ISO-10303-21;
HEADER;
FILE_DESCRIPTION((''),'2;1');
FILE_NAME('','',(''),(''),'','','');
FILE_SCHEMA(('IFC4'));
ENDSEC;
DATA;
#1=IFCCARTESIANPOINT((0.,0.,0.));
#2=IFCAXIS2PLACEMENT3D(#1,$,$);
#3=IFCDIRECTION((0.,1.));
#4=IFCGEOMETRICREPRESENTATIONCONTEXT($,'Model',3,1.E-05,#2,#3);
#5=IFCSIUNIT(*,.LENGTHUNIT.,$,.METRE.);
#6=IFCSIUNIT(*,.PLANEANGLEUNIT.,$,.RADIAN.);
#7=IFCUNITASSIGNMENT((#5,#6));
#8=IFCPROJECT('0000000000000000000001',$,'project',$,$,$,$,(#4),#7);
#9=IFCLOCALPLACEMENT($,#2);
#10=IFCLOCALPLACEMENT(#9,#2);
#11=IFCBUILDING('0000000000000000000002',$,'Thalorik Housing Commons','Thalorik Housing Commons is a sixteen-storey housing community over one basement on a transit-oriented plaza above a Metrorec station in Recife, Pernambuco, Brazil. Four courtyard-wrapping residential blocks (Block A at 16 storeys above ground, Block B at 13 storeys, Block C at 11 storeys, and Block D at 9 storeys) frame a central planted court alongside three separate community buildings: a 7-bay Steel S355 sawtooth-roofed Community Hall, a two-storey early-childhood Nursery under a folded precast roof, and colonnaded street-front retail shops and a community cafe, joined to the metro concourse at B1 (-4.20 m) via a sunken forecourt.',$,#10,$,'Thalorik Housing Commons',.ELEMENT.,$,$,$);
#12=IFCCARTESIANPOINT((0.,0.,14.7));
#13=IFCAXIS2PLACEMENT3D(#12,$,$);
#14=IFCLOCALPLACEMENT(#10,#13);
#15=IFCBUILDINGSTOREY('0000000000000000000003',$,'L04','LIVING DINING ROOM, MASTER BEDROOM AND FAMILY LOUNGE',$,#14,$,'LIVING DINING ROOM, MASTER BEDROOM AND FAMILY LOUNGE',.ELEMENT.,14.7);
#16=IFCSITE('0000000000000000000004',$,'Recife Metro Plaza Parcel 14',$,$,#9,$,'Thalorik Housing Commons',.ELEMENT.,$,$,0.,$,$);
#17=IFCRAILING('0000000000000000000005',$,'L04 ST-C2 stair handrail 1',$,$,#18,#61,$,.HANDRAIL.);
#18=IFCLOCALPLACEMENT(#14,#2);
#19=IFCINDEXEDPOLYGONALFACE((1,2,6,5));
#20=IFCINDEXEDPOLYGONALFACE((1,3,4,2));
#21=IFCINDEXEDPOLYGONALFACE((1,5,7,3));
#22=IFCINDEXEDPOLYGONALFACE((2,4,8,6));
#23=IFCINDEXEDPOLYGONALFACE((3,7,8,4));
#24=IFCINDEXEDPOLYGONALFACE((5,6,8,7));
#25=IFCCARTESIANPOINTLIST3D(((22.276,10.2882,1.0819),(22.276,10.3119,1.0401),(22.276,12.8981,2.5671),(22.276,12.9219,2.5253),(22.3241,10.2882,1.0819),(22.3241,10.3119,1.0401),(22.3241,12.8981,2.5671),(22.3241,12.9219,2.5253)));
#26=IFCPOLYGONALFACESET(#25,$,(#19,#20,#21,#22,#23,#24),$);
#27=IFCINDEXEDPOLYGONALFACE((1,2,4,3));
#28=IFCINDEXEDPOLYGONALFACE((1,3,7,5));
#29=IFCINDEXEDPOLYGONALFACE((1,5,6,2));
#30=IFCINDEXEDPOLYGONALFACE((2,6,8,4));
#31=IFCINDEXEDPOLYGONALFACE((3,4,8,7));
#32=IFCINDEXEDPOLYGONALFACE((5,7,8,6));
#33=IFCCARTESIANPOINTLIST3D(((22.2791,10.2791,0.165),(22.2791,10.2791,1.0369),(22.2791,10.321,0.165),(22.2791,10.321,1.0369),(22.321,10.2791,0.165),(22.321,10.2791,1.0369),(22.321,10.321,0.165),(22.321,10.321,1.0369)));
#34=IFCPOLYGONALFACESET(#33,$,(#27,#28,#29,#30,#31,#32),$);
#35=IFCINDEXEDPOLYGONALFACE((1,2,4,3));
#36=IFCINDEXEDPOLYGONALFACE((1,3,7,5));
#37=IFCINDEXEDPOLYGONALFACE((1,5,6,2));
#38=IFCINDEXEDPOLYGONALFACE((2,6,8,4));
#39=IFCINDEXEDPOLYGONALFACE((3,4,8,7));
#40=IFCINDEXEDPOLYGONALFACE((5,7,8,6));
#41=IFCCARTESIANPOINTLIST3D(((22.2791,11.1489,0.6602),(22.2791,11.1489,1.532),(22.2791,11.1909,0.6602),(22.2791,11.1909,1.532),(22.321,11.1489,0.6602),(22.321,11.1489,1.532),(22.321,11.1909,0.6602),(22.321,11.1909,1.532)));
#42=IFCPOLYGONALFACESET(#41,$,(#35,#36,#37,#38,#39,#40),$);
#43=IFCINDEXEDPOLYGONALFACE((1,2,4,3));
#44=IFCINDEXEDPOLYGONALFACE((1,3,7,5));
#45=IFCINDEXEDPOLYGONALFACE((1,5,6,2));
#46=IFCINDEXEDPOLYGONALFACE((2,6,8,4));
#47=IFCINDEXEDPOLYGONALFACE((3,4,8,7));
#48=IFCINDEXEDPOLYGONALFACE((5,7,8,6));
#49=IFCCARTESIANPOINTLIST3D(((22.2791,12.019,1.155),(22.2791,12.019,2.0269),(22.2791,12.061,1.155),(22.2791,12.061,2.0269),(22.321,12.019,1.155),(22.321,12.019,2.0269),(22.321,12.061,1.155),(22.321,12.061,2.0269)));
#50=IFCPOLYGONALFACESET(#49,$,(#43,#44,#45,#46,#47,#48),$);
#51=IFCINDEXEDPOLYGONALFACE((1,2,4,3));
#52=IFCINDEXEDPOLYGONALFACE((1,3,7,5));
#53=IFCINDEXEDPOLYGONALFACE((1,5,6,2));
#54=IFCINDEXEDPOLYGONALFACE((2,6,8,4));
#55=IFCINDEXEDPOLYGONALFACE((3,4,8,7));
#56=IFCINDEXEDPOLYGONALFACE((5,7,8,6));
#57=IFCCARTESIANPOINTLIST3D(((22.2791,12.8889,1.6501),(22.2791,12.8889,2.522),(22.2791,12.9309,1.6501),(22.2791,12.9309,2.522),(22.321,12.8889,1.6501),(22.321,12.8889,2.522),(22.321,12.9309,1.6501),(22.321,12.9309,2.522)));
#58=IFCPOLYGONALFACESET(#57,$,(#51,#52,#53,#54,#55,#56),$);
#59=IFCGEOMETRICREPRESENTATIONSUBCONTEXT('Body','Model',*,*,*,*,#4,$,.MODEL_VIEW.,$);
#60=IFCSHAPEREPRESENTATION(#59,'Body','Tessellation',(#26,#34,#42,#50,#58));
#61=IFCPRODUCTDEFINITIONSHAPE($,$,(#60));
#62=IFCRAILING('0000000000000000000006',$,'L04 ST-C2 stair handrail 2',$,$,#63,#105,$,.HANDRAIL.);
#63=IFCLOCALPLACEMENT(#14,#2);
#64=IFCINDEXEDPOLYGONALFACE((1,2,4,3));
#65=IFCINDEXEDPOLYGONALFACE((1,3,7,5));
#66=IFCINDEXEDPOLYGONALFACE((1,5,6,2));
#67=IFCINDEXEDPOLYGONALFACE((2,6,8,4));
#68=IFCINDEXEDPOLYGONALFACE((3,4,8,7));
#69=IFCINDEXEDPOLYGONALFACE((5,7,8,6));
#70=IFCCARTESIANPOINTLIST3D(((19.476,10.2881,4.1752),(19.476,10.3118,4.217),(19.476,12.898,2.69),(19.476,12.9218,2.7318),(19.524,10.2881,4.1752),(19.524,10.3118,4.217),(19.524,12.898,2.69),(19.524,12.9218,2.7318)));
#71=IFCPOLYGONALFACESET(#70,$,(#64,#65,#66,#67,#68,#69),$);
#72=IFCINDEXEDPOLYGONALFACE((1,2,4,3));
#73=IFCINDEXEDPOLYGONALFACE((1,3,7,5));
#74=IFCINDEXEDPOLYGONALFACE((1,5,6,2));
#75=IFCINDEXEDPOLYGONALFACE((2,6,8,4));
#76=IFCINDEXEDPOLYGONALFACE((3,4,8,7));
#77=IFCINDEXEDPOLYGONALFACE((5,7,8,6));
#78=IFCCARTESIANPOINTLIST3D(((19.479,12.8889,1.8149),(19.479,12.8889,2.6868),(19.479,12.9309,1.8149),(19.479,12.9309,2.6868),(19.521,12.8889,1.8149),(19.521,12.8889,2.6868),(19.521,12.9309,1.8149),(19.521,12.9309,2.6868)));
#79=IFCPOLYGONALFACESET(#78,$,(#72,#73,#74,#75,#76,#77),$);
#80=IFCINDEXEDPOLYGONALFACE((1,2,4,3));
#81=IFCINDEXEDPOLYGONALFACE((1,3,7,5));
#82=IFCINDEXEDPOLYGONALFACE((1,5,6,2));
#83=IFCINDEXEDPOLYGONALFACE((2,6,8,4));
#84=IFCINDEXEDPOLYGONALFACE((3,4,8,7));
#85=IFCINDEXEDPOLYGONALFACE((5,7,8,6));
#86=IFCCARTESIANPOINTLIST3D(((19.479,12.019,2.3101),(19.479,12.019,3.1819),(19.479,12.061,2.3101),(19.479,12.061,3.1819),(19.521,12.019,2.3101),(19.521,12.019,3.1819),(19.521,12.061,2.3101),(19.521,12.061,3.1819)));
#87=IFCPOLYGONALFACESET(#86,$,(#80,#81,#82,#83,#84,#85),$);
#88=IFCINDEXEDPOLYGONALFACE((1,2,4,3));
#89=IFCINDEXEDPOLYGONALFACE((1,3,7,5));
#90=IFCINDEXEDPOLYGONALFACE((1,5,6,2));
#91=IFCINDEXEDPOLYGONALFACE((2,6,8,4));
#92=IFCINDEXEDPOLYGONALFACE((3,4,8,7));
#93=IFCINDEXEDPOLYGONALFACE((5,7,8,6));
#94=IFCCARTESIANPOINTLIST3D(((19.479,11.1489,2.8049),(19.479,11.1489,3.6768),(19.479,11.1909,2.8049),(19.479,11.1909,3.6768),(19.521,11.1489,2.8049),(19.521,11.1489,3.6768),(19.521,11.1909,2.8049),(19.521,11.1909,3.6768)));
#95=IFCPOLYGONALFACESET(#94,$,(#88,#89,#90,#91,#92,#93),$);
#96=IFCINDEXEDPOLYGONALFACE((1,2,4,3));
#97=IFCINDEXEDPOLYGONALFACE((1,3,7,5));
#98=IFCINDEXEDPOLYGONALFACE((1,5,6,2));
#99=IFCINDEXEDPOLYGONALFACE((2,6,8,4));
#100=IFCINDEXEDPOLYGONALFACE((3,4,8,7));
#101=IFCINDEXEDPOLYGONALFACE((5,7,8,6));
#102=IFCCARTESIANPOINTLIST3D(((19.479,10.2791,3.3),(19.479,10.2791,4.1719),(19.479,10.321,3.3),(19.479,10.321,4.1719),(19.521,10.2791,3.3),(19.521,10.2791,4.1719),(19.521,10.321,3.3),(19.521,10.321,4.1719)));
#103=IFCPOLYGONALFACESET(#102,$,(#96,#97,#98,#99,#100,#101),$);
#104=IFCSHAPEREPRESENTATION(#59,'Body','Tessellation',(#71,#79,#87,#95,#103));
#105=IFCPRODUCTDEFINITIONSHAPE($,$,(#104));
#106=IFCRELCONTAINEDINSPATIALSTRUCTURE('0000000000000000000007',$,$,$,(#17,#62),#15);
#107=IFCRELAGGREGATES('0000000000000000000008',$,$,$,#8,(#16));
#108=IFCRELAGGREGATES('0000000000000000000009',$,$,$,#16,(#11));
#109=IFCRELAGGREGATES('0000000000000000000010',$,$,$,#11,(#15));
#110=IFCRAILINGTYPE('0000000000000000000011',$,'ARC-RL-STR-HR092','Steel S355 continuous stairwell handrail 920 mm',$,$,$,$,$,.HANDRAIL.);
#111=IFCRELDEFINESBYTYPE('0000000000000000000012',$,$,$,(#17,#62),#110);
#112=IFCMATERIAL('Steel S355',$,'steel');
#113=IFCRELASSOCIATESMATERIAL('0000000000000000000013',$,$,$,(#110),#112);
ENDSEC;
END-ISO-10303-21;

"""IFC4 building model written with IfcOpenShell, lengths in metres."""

from ifc_helpers import new_model, si_unit, direction, frame, origin, origin_2d, place, context, subcontext, project, spatial, rectangle, extrude, material, type_object, element, save


model = new_model("IFC4")

# Units and contexts
model_context = context("Model", 3, precision=1e-05, world=origin(), true_north=direction((0.0, 1.0)))
body_context = subcontext(model_context, "Body", "Model", "MODEL_VIEW")
ifc_project = project(units=[si_unit("LENGTHUNIT", "METRE"), si_unit("PLANEANGLEUNIT", "RADIAN")], contexts=[model_context])

# Site, building, storey
site_placement = place(None, origin())
site = spatial("IfcSite", under=ifc_project, at=site_placement, Name="Recife Metro Plaza Parcel 14", LongName="Thalorik Housing Commons", CompositionType="ELEMENT", RefElevation=0.0)
building_placement = place(site_placement, origin())
building = spatial("IfcBuilding", under=site, at=building_placement, Name="Thalorik Housing Commons", Description="Thalorik Housing Commons is a sixteen-storey housing community over one basement on a transit-oriented plaza above a Metrorec station in Recife, Pernambuco, Brazil. Four courtyard-wrapping residential blocks (Block A at 16 storeys above ground, Block B at 13 storeys, Block C at 11 storeys, and Block D at 9 storeys) frame a central planted court alongside three separate community buildings: a 7-bay Steel S355 sawtooth-roofed Community Hall, a two-storey early-childhood Nursery under a folded precast roof, and colonnaded street-front retail shops and a community cafe, joined to the metro concourse at B1 (-4.20 m) via a sunken forecourt.", LongName="Thalorik Housing Commons", CompositionType="ELEMENT")
storey_placement = place(building_placement, frame((0.0, 0.0, 14.7)))
storey = spatial("IfcBuildingStorey", under=building, at=storey_placement, Name="L04", Description="LIVING DINING ROOM, MASTER BEDROOM AND FAMILY LOUNGE", LongName="LIVING DINING ROOM, MASTER BEDROOM AND FAMILY LOUNGE", CompositionType="ELEMENT", Elevation=14.7)

# Shared definitions
ifc_material_1 = material(Name="Steel S355", Category="steel")

# Railings
railing_type_1 = type_object("IfcRailingType", Name="ARC-RL-STR-HR092", Description="Steel S355 continuous stairwell handrail 920 mm", PredefinedType="HANDRAIL", material=ifc_material_1)
railing_1_placement = place(storey_placement, frame((22.3, 10.3, 0.165)))
element("IfcRailing", 1, at=railing_1_placement, inside=storey, type_object=railing_type_1, Name="L04 ST-C2 stair handrail 1", PredefinedType="HANDRAIL", context=body_context, shape_type="SweptSolid", body=[
    extrude(rectangle(XDim=0.0481, YDim=0.0481, at=origin_2d()), frame((0.0, 0.0, 0.896), z_axis=(0.0, 0.869137, 0.494571), x_axis=(-1.0, 0.0, 0.0)), (0.0, 0.0, 1.0), 3.0029),
    extrude(rectangle(XDim=0.042, YDim=0.042, at=origin_2d()), origin(), (0.0, 0.0, 1.0), 0.8718),
    extrude(rectangle(XDim=0.042, YDim=0.042, at=origin_2d()), frame((0.0, 0.8699, 0.4951)), (0.0, 0.0, 1.0), 0.8718),
    extrude(rectangle(XDim=0.042, YDim=0.042, at=origin_2d()), frame((0.0, 1.74, 0.99)), (0.0, 0.0, 1.0), 0.8718),
    extrude(rectangle(XDim=0.042, YDim=0.042, at=origin_2d()), frame((0.0, 2.6099, 1.4851)), (0.0, 0.0, 1.0), 0.8718),
])
railing_2_placement = place(storey_placement, frame((19.5, 12.9099, 1.8149)))
element("IfcRailing", 2, at=railing_2_placement, inside=storey, type_object=railing_type_1, Name="L04 ST-C2 stair handrail 2", PredefinedType="HANDRAIL", context=body_context, shape_type="SweptSolid", body=[
    extrude(rectangle(XDim=0.0481, YDim=0.0481, at=origin_2d()), frame((0.0, 0.0, 0.896), z_axis=(0.0, -0.869137, 0.494571), x_axis=(1.0, 0.0, 0.0)), (0.0, 0.0, 1.0), 3.0029),
    extrude(rectangle(XDim=0.042, YDim=0.042, at=origin_2d()), origin(), (0.0, 0.0, 1.0), 0.8718),
    extrude(rectangle(XDim=0.042, YDim=0.042, at=origin_2d()), frame((0.0, -0.8699, 0.4951)), (0.0, 0.0, 1.0), 0.8718),
    extrude(rectangle(XDim=0.042, YDim=0.042, at=origin_2d()), frame((0.0, -1.74, 0.99)), (0.0, 0.0, 1.0), 0.8718),
    extrude(rectangle(XDim=0.042, YDim=0.042, at=origin_2d()), frame((0.0, -2.6099, 1.4851)), (0.0, 0.0, 1.0), 0.8718),
])

save(model, "model.ifc")
